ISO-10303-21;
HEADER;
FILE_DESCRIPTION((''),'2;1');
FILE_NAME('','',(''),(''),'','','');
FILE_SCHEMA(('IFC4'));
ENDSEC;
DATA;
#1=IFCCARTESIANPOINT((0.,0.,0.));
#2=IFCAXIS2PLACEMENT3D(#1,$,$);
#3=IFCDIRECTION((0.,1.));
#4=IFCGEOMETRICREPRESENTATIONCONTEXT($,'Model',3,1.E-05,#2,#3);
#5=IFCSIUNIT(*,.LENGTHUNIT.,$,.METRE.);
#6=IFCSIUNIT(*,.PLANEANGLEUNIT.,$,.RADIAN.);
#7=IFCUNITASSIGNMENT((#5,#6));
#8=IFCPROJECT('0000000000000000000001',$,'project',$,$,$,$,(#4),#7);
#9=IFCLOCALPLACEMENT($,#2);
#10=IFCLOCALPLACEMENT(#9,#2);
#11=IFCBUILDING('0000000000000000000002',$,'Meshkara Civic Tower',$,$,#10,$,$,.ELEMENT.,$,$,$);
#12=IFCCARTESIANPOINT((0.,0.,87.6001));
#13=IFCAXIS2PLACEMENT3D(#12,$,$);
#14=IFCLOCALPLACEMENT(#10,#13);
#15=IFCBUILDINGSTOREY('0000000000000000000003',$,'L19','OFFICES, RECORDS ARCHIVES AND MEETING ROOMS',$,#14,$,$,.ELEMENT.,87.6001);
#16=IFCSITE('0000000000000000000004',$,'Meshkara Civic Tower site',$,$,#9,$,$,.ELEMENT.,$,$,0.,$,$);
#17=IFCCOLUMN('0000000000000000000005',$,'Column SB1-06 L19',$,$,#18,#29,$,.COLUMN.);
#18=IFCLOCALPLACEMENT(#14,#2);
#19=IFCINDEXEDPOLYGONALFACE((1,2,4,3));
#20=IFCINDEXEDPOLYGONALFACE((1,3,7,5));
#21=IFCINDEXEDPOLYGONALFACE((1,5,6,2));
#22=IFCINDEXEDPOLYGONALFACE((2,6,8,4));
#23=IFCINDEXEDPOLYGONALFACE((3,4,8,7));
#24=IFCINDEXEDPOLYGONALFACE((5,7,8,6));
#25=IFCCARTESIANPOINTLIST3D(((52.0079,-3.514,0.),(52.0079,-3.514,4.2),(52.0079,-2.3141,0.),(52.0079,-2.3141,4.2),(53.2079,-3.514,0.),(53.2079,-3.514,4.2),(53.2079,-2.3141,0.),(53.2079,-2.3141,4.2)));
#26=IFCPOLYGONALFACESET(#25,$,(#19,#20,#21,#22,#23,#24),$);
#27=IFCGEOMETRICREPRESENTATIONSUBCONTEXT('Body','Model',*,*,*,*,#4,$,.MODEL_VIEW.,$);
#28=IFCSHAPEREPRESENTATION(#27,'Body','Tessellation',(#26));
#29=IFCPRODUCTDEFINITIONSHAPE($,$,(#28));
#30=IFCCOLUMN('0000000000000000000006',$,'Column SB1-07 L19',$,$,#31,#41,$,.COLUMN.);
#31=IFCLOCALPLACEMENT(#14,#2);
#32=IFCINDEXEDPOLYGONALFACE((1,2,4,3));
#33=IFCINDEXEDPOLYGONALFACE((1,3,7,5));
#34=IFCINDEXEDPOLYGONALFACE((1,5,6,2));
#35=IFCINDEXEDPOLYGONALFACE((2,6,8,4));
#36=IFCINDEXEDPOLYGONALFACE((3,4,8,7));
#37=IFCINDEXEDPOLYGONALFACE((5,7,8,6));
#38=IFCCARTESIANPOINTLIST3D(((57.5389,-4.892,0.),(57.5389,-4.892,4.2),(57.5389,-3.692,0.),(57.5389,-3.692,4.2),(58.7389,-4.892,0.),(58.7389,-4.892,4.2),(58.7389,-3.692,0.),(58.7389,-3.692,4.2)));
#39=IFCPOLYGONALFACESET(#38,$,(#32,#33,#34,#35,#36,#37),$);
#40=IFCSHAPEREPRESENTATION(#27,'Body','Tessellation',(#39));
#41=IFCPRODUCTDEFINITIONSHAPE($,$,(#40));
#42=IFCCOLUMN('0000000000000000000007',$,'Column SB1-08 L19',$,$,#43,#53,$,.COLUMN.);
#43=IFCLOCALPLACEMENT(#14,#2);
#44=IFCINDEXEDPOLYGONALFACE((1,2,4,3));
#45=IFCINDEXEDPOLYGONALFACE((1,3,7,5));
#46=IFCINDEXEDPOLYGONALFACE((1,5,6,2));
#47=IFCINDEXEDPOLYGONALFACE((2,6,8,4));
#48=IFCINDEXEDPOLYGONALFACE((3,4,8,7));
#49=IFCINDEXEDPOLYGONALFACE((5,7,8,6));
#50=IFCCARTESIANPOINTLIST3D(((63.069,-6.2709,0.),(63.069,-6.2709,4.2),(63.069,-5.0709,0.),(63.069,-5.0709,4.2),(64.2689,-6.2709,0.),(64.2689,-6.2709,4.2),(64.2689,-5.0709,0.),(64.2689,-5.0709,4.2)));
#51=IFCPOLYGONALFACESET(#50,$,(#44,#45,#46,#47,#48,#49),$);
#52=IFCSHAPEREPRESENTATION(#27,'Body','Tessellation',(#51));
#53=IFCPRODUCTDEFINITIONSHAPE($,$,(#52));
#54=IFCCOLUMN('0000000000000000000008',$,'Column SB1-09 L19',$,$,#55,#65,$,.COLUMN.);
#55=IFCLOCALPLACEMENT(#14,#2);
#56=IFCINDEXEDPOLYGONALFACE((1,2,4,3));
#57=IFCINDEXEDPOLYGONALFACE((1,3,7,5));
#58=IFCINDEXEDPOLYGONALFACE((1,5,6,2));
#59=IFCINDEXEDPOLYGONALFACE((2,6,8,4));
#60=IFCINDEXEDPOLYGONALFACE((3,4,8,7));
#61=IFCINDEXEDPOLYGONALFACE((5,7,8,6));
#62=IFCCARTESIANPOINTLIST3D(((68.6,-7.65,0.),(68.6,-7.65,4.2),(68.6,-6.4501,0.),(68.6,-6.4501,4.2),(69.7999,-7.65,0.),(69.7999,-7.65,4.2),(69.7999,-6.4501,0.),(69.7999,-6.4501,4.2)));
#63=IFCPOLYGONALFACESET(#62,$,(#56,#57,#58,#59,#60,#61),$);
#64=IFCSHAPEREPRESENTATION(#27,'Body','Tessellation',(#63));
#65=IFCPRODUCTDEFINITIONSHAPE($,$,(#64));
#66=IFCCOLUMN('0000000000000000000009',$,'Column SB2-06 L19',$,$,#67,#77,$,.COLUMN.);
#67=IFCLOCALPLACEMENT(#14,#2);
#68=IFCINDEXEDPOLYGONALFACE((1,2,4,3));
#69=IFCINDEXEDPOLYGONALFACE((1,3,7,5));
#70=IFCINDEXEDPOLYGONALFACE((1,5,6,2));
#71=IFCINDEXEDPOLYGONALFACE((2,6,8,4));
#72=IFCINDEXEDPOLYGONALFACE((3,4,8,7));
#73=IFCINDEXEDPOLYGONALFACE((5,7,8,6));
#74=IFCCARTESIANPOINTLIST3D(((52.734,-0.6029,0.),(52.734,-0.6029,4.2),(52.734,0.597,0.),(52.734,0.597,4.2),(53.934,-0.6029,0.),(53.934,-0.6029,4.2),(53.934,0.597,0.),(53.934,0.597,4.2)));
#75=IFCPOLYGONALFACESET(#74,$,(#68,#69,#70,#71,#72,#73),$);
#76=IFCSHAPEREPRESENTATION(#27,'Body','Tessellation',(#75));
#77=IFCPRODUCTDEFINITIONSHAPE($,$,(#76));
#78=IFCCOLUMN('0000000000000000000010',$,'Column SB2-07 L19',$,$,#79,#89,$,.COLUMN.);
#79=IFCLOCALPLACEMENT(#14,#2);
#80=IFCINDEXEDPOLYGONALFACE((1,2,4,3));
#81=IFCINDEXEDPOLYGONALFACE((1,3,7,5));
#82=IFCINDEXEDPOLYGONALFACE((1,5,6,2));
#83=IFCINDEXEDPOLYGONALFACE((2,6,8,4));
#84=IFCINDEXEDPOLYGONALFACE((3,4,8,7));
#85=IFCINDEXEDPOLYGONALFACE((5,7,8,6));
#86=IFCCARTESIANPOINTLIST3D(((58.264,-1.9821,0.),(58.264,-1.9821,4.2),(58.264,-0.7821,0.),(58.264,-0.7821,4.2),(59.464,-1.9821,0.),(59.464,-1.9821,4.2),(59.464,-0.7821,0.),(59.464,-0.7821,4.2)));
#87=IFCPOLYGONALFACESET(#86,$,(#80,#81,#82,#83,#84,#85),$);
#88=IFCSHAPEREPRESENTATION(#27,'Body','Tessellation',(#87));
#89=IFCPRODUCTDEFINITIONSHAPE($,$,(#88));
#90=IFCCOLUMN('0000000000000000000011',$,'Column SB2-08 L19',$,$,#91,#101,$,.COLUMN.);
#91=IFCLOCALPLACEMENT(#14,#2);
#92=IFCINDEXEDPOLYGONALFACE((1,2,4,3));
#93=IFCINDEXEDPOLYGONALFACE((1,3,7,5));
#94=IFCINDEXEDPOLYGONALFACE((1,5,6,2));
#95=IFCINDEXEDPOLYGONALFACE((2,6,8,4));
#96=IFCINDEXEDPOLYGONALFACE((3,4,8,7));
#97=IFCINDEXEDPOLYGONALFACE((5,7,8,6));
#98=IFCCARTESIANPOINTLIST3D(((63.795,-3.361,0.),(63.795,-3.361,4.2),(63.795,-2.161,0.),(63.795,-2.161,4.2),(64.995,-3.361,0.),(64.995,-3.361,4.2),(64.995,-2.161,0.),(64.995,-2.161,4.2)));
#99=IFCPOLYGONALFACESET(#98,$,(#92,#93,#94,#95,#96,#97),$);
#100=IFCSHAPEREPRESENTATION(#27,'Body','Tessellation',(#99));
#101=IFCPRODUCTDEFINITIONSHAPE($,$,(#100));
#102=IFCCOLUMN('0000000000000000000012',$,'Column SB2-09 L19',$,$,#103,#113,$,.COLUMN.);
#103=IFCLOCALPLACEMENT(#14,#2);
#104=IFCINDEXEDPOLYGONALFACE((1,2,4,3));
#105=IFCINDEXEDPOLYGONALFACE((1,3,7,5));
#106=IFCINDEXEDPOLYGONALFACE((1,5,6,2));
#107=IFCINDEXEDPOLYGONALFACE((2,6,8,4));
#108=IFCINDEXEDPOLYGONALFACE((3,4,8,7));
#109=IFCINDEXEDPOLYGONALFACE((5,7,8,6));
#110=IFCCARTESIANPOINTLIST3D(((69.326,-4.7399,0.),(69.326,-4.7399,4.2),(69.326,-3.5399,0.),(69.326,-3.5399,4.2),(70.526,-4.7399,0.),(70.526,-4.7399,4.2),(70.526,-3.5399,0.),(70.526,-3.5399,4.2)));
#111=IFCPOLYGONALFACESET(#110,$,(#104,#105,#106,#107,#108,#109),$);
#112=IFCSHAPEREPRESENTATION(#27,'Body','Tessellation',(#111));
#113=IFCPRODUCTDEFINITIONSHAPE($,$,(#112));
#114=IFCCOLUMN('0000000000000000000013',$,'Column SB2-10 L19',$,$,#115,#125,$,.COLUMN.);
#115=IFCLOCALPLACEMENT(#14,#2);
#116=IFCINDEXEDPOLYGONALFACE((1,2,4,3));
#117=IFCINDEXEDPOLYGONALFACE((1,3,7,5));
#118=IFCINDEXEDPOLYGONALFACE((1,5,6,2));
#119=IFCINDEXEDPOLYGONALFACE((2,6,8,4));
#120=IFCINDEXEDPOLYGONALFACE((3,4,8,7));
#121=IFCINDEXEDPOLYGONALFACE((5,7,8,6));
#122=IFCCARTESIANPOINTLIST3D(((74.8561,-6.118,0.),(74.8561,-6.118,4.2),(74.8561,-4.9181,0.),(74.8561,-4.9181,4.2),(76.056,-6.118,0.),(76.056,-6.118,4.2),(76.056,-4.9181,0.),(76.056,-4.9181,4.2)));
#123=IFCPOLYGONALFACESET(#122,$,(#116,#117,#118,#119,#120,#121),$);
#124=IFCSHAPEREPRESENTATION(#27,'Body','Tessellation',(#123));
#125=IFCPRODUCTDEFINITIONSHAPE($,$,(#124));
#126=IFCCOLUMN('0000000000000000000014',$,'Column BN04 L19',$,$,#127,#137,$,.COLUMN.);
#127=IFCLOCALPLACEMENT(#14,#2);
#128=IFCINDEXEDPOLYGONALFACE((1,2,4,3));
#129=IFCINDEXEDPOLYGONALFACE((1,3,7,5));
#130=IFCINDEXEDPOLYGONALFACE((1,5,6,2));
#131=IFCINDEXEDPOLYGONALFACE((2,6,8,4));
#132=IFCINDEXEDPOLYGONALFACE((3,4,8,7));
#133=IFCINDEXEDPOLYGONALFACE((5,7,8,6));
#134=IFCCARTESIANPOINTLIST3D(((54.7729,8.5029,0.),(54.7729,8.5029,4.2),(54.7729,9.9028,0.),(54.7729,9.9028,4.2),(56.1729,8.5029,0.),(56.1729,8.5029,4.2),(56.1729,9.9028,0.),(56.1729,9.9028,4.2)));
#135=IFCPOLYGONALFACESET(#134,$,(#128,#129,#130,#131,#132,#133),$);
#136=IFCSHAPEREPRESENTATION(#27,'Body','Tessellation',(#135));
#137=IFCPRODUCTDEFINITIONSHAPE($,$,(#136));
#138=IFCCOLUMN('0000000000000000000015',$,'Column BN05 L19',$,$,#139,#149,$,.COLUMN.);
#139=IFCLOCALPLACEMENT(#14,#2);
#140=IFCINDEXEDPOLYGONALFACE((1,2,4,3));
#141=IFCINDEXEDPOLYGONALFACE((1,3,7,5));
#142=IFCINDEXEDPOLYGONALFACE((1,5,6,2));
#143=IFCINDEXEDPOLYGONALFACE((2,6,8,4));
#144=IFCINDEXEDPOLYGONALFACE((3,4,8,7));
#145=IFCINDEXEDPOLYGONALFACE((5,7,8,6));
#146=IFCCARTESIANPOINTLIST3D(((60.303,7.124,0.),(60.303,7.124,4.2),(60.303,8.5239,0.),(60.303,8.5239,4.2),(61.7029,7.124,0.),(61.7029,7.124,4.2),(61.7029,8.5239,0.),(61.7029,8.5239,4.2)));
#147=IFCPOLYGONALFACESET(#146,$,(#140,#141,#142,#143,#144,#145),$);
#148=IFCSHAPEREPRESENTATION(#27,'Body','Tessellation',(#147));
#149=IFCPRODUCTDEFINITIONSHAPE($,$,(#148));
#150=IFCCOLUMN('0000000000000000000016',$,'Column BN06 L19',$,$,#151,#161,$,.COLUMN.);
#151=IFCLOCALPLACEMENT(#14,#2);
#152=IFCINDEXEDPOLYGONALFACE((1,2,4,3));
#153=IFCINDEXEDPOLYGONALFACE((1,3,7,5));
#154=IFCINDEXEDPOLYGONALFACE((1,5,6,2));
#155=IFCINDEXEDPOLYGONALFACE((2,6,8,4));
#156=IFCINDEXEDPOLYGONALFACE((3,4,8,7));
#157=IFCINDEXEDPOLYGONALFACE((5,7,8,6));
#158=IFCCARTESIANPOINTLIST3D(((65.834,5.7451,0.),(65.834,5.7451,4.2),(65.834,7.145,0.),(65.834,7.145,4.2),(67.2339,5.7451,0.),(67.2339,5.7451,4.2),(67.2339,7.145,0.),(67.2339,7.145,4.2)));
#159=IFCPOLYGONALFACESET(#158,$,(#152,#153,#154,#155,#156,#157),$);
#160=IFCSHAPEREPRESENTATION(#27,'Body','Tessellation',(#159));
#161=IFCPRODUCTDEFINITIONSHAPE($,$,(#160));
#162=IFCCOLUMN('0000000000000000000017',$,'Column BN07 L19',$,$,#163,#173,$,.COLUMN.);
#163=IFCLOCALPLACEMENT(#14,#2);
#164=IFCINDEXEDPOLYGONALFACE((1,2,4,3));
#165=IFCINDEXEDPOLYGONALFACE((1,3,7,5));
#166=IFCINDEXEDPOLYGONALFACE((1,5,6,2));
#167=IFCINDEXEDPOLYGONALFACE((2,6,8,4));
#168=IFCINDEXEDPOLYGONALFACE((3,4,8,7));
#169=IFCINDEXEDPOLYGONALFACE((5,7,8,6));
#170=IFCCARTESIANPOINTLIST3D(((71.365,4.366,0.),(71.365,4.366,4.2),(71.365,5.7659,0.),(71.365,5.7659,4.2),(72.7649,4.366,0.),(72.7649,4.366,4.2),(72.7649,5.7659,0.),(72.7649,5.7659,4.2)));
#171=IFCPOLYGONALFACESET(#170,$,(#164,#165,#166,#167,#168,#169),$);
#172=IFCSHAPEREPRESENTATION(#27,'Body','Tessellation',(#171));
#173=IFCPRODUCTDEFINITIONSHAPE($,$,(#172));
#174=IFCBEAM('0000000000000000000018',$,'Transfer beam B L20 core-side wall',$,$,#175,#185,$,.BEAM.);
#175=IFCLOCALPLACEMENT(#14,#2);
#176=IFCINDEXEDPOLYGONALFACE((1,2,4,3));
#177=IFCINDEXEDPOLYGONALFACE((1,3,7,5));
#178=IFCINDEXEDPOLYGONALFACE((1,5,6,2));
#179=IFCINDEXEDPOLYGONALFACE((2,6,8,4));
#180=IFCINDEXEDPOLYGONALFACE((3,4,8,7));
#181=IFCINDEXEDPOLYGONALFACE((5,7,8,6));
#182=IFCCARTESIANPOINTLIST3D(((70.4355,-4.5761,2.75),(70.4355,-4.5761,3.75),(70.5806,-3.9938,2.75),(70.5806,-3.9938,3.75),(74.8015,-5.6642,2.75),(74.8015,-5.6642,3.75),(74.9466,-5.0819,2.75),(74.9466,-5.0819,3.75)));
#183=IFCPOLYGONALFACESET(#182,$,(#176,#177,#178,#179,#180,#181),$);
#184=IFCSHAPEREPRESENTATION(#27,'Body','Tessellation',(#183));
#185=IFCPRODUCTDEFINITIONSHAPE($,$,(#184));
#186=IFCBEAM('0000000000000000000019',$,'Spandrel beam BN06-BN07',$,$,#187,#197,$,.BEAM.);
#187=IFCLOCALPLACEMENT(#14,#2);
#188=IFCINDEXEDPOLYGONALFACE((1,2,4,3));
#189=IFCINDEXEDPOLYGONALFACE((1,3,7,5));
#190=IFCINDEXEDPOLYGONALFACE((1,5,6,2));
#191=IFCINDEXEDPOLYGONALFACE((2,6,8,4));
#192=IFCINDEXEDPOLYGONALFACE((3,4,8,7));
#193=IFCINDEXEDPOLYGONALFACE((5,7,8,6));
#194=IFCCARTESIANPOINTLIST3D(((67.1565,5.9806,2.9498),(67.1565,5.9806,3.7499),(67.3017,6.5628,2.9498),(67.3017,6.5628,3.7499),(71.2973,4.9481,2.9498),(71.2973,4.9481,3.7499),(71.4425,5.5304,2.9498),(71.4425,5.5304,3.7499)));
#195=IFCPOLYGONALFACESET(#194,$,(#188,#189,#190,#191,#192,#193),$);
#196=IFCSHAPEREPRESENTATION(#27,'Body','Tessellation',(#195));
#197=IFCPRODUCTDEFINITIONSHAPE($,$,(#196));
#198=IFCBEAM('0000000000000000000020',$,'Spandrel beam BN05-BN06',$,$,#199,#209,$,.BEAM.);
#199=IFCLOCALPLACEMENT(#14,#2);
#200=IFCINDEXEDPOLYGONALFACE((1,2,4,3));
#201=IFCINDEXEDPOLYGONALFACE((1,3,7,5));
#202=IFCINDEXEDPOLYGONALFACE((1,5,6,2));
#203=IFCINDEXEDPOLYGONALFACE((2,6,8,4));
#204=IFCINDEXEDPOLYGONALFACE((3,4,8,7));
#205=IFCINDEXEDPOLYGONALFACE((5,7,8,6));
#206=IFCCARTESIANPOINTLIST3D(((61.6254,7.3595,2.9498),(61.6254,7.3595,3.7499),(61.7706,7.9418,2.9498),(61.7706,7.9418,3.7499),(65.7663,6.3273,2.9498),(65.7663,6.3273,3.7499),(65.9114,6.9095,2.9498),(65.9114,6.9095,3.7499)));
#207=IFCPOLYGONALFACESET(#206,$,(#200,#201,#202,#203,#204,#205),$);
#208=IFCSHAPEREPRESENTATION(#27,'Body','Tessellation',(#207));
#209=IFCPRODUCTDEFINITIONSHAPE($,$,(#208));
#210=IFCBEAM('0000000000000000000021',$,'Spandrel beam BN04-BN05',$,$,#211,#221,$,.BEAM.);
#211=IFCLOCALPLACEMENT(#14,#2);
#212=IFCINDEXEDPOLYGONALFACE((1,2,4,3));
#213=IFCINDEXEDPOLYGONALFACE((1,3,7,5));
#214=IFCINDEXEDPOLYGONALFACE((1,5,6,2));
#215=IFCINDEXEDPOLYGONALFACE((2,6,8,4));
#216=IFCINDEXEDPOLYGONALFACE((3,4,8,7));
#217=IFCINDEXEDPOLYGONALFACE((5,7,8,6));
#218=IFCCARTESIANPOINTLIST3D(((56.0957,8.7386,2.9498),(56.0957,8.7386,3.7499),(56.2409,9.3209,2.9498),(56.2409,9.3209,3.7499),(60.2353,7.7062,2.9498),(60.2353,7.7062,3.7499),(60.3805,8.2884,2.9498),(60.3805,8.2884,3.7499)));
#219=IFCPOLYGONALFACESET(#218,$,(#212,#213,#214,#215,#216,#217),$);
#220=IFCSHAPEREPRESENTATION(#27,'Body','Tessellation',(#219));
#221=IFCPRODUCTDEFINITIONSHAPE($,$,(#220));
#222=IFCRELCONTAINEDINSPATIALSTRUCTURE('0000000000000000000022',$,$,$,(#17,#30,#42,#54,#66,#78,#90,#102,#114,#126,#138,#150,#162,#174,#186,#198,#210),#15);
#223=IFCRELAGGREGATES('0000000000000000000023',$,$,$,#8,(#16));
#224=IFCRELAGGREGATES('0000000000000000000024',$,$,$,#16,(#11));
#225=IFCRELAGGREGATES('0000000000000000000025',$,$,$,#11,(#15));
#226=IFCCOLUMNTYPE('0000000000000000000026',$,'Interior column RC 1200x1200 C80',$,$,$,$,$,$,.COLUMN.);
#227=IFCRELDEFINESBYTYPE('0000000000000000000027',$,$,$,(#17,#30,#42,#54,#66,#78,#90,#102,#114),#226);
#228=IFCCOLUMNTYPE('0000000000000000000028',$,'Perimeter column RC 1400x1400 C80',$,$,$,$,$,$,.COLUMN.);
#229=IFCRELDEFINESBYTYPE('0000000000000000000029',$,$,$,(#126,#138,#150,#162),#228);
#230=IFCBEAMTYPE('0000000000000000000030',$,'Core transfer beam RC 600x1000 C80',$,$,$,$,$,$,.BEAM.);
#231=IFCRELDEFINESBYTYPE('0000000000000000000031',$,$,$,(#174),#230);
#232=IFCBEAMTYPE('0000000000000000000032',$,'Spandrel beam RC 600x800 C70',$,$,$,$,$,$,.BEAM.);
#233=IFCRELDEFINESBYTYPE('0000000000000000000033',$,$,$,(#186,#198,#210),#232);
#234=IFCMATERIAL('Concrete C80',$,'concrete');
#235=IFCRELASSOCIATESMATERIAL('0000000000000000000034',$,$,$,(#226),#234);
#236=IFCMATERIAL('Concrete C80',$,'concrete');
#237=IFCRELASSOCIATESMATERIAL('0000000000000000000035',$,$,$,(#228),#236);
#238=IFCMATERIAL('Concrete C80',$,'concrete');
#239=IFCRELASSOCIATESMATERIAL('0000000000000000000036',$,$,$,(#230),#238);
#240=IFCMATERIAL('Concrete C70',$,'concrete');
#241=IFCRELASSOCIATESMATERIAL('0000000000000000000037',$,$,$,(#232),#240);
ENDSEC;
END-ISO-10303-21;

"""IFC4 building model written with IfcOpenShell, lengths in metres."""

from ifc_helpers import new_model, si_unit, direction, frame, origin, origin_2d, place, context, subcontext, project, spatial, rectangle, extrude, material, material_profile, profile_set, type_object, element, save


model = new_model("IFC4")

# Units and contexts
model_context = context("Model", 3, precision=1e-05, world=origin(), true_north=direction((0.0, 1.0)))
body_context = subcontext(model_context, "Body", "Model", "MODEL_VIEW")
ifc_project = project(units=[si_unit("LENGTHUNIT", "METRE"), si_unit("PLANEANGLEUNIT", "RADIAN")], contexts=[model_context])

# Site, building, storey
site_placement = place(None, origin())
site = spatial("IfcSite", under=ifc_project, at=site_placement, Name="Meshkara Civic Tower site", CompositionType="ELEMENT", RefElevation=0.0)
building_placement = place(site_placement, origin())
building = spatial("IfcBuilding", under=site, at=building_placement, Name="Meshkara Civic Tower", CompositionType="ELEMENT")
storey_placement = place(building_placement, frame((0.0, 0.0, 87.6001)))
storey = spatial("IfcBuildingStorey", under=building, at=storey_placement, Name="L19", Description="OFFICES, RECORDS ARCHIVES AND MEETING ROOMS", CompositionType="ELEMENT", Elevation=87.6001)

# Columns
ifc_material_1 = material(Name="Concrete C80", Category="concrete")
ifc_material_profile_1 = material_profile(ifc_material_1, rectangle(XDim=1.2, YDim=1.2, at=origin_2d()))
ifc_profile_set_1 = profile_set([ifc_material_profile_1], Name="Concrete C80")
column_type_1 = type_object("IfcColumnType", Name="Interior column RC 1200x1200 C80", PredefinedType="COLUMN", material=ifc_profile_set_1)
for number, where, z_axis, x_axis, name in (
    (1, (52.6079, -2.9141, 0.0), (0.0, 0.0, 1.0), (1.0, 0.0, 0.0), "Column SB1-06 L19"),
    (2, (58.1389, -4.292, 0.0), (0.0, 0.0, 1.0), (1.0, 0.0, 0.0), "Column SB1-07 L19"),
    (3, (63.6689, -5.6709, 0.0), (0.0, 0.0, 1.0), (1.0, 0.0, 0.0), "Column SB1-08 L19"),
    (4, (69.2, -7.05, 0.0), (0.0, 0.0, 1.0), (1.0, 0.0, 0.0), "Column SB1-09 L19"),
    (5, (53.334, -0.0029, 0.0), (0.0, 0.0, 1.0), (1.0, 0.0, 0.0), "Column SB2-06 L19"),
    (6, (58.864, -1.3821, 0.0), (0.0, 0.0, 1.0), (1.0, 0.0, 0.0), "Column SB2-07 L19"),
    (7, (64.395, -2.761, 0.0), (0.0, 0.0, 1.0), (1.0, 0.0, 0.0), "Column SB2-08 L19"),
    (8, (69.926, -4.1399, 0.0), (0.0, 0.0, 1.0), (1.0, 0.0, 0.0), "Column SB2-09 L19"),
    (9, (75.4561, -5.5181, 0.0), (0.0, 0.0, 1.0), (1.0, 0.0, 0.0), "Column SB2-10 L19"),
):
    element("IfcColumn", number, at=place(storey_placement, frame(where, z_axis=z_axis, x_axis=x_axis)), inside=storey, type_object=column_type_1, Name=name, PredefinedType="COLUMN", context=body_context, shape_type="SweptSolid", body=[
        extrude(rectangle(XDim=1.2, YDim=1.2, at=origin_2d()), origin(), (0.0, 0.0, 1.0), 4.2),
    ])
ifc_material_2 = material(Name="Concrete C80", Category="concrete")
ifc_material_profile_2 = material_profile(ifc_material_2, rectangle(XDim=1.3999, YDim=1.3999, at=origin_2d()))
ifc_profile_set_2 = profile_set([ifc_material_profile_2], Name="Concrete C80")
column_type_2 = type_object("IfcColumnType", Name="Perimeter column RC 1400x1400 C80", PredefinedType="COLUMN", material=ifc_profile_set_2)
for number, where, z_axis, x_axis, name in (
    (10, (55.4729, 9.2029, 0.0), (0.0, 0.0, 1.0), (1.0, 0.0, 0.0), "Column BN04 L19"),
    (11, (61.0029, 7.824, 0.0), (0.0, 0.0, 1.0), (1.0, 0.0, 0.0), "Column BN05 L19"),
    (12, (66.5339, 6.4451, 0.0), (0.0, 0.0, 1.0), (1.0, 0.0, 0.0), "Column BN06 L19"),
    (13, (72.0649, 5.0659, 0.0), (0.0, 0.0, 1.0), (1.0, 0.0, 0.0), "Column BN07 L19"),
):
    element("IfcColumn", number, at=place(storey_placement, frame(where, z_axis=z_axis, x_axis=x_axis)), inside=storey, type_object=column_type_2, Name=name, PredefinedType="COLUMN", context=body_context, shape_type="SweptSolid", body=[
        extrude(rectangle(XDim=1.3999, YDim=1.3999, at=origin_2d()), origin(), (0.0, 0.0, 1.0), 4.2),
    ])

# Beams
ifc_material_3 = material(Name="Concrete C80", Category="concrete")
ifc_material_profile_3 = material_profile(ifc_material_3, rectangle(XDim=0.6001, YDim=1.0, at=origin_2d()))
ifc_profile_set_3 = profile_set([ifc_material_profile_3], Name="Concrete C80")
beam_type_1 = type_object("IfcBeamType", Name="Core transfer beam RC 600x1000 C80", PredefinedType="BEAM", material=ifc_profile_set_3)
beam_1_placement = place(storey_placement, frame((70.5081, -4.2849, 3.25), z_axis=(0.970318, -0.241833, 0.0), x_axis=(0.241833, 0.970318, 0.0)))
element("IfcBeam", 14, at=beam_1_placement, inside=storey, type_object=beam_type_1, Name="Transfer beam B L20 core-side wall", PredefinedType="BEAM", context=body_context, shape_type="SweptSolid", body=[
    extrude(rectangle(XDim=0.6001, YDim=1.0, at=origin_2d()), origin(), (0.0, 0.0, 1.0), 4.4995),
])
ifc_material_4 = material(Name="Concrete C70", Category="concrete")
ifc_material_profile_4 = material_profile(ifc_material_4, rectangle(XDim=0.6001, YDim=0.8, at=origin_2d()))
ifc_profile_set_4 = profile_set([ifc_material_profile_4], Name="Concrete C70")
beam_type_2 = type_object("IfcBeamType", Name="Spandrel beam RC 600x800 C70", PredefinedType="BEAM", material=ifc_profile_set_4)
for number, where, z_axis, x_axis, name in (
    (15, (71.3699, 5.2393, 3.3499), (-0.970294, 0.24193, 0.0), (-0.24193, -0.970294, 0.0), "Spandrel beam BN06-BN07"),
    (16, (65.8389, 6.6184, 3.3499), (-0.970307, 0.241876, 0.0), (-0.241876, -0.970307, 0.0), "Spandrel beam BN05-BN06"),
):
    element("IfcBeam", number, at=place(storey_placement, frame(where, z_axis=z_axis, x_axis=x_axis)), inside=storey, type_object=beam_type_2, Name=name, PredefinedType="BEAM", context=body_context, shape_type="SweptSolid", body=[
        extrude(rectangle(XDim=0.6001, YDim=0.8, at=origin_2d()), origin(), (0.0, 0.0, 1.0), 4.2676),
    ])
beam_2_placement = place(storey_placement, frame((60.3079, 7.9973, 3.3499), z_axis=(-0.970277, 0.241997, 0.0), x_axis=(-0.241997, -0.970277, 0.0)))
element("IfcBeam", 17, at=beam_2_placement, inside=storey, type_object=beam_type_2, Name="Spandrel beam BN04-BN05", PredefinedType="BEAM", context=body_context, shape_type="SweptSolid", body=[
    extrude(rectangle(XDim=0.6001, YDim=0.8, at=origin_2d()), origin(), (0.0, 0.0, 1.0), 4.2664),
])

save(model, "model.ifc")
